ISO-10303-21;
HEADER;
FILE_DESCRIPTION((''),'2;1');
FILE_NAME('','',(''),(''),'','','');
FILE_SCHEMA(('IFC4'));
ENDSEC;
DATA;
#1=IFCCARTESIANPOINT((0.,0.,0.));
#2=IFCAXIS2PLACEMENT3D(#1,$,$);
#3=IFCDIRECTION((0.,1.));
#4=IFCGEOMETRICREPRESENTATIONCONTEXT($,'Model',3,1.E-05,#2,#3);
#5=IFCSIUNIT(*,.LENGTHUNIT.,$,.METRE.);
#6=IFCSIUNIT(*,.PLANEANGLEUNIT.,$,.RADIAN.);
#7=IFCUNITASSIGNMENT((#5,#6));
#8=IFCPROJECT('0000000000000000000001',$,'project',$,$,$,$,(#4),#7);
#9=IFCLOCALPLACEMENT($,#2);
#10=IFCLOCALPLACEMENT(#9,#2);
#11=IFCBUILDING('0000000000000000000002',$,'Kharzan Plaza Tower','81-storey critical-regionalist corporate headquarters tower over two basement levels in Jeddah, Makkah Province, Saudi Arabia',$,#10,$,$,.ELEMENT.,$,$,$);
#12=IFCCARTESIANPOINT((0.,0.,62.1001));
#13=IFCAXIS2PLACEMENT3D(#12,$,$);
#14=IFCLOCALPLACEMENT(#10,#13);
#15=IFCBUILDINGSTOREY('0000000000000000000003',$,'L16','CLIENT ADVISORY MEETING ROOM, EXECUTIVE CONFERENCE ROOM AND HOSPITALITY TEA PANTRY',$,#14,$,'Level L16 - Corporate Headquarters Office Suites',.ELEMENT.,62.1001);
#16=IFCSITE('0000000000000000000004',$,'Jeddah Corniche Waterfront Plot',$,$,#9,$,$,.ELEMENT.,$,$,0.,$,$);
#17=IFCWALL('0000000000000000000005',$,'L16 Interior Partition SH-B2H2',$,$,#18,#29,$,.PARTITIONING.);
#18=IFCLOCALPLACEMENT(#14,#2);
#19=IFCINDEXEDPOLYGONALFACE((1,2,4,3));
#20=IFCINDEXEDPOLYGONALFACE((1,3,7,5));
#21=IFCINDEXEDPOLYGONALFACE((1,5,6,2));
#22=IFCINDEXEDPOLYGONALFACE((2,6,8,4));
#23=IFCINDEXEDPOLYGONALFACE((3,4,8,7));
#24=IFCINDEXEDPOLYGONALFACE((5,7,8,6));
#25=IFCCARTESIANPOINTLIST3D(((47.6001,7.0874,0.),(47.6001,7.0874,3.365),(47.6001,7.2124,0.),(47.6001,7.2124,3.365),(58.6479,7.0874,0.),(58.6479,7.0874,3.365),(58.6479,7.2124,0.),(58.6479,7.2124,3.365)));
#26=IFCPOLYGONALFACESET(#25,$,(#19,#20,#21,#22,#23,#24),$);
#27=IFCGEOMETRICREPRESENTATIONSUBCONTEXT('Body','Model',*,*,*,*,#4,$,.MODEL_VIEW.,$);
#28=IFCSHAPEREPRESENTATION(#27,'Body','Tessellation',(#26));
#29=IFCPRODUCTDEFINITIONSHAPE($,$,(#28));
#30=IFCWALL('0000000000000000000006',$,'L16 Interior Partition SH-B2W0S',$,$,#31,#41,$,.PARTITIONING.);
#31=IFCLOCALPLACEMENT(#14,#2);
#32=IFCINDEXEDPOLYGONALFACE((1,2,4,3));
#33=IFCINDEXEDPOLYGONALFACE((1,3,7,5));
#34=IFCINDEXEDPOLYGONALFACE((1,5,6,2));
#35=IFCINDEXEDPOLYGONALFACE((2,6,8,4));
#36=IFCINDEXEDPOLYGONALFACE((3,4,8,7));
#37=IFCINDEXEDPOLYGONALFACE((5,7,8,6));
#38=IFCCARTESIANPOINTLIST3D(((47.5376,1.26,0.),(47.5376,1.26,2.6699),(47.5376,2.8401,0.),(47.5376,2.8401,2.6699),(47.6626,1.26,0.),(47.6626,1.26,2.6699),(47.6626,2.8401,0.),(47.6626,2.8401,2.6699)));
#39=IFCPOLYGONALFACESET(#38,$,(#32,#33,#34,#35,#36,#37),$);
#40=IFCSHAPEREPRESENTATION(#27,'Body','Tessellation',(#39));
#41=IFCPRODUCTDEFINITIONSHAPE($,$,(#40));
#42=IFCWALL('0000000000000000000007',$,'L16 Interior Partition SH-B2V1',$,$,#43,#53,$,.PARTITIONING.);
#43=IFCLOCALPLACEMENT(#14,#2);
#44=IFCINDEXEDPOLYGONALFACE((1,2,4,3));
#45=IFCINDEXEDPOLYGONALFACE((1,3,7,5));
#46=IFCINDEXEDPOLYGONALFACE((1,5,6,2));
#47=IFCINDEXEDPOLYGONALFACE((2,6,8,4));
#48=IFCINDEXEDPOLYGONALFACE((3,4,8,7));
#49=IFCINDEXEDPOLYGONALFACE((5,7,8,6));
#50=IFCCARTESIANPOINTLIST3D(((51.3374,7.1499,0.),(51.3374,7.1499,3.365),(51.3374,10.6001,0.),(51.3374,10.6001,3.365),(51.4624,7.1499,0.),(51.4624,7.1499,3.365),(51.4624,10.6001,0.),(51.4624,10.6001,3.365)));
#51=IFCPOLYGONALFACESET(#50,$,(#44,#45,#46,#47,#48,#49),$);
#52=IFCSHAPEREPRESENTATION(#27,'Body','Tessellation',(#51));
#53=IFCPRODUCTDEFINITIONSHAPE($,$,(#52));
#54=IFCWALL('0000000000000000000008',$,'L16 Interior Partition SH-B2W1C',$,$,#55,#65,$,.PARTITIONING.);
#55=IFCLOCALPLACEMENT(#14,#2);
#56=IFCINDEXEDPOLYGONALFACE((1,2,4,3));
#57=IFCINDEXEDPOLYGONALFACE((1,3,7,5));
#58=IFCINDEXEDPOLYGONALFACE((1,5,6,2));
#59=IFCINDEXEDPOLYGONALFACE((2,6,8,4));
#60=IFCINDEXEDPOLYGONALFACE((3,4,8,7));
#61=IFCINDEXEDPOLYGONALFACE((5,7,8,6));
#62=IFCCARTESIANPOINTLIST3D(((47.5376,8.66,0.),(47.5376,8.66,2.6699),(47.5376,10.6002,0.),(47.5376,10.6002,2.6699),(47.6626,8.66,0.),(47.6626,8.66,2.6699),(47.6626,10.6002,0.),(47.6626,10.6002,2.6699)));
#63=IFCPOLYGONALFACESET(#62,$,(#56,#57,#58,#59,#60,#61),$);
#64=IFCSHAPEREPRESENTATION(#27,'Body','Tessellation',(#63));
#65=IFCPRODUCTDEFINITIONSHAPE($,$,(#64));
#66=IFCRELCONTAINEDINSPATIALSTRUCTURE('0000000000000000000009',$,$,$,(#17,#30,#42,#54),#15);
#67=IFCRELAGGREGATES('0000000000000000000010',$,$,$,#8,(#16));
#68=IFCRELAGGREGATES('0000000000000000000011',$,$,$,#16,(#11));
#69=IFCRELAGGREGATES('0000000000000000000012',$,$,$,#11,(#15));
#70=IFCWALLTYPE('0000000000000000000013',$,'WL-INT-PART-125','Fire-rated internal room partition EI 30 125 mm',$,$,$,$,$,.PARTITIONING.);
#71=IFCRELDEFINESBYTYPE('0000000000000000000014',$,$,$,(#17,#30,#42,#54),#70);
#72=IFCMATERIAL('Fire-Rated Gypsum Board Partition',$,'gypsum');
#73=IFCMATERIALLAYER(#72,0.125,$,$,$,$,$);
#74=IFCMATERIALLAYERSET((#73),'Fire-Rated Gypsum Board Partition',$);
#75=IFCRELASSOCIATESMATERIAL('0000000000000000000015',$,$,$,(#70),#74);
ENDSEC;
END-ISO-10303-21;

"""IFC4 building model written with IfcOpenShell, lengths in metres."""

from ifc_helpers import new_model, si_unit, direction, frame, frame_2d, origin, place, context, subcontext, project, spatial, rectangle, extrude, source, transform, mapped, material, layer, layer_set, type_object, element, save


model = new_model("IFC4")

# Units and contexts
model_context = context("Model", 3, precision=1e-05, world=origin(), true_north=direction((0.0, 1.0)))
body_context = subcontext(model_context, "Body", "Model", "MODEL_VIEW")
ifc_project = project(units=[si_unit("LENGTHUNIT", "METRE"), si_unit("PLANEANGLEUNIT", "RADIAN")], contexts=[model_context])

# Site, building, storey
site_placement = place(None, origin())
site = spatial("IfcSite", under=ifc_project, at=site_placement, Name="Jeddah Corniche Waterfront Plot", CompositionType="ELEMENT", RefElevation=0.0)
building_placement = place(site_placement, origin())
building = spatial("IfcBuilding", under=site, at=building_placement, Name="Kharzan Plaza Tower", Description="81-storey critical-regionalist corporate headquarters tower over two basement levels in Jeddah, Makkah Province, Saudi Arabia", CompositionType="ELEMENT")
storey_placement = place(building_placement, frame((0.0, 0.0, 62.1001)))
storey = spatial("IfcBuildingStorey", under=building, at=storey_placement, Name="L16", Description="CLIENT ADVISORY MEETING ROOM, EXECUTIVE CONFERENCE ROOM AND HOSPITALITY TEA PANTRY", LongName="Level L16 - Corporate Headquarters Office Suites", CompositionType="ELEMENT", Elevation=62.1001)

# Shared definitions
ifc_material_1 = material(Name="Fire-Rated Gypsum Board Partition", Category="gypsum")
ifc_layer_1 = layer(ifc_material_1, 0.125)
ifc_layer_set_1 = layer_set([ifc_layer_1], Name="Fire-Rated Gypsum Board Partition")
wall_type_1 = type_object("IfcWallType", Name="WL-INT-PART-125", Description="Fire-rated internal room partition EI 30 125 mm", PredefinedType="PARTITIONING", material=ifc_layer_set_1)

# Walls
shared_shape_1 = source(origin(), body_context, "Body", "SweptSolid", [
    extrude(rectangle(XDim=11.0479, YDim=0.125, at=frame_2d((5.5239, 0.0))), origin(), (0.0, 0.0, 1.0), 3.365),
])
for number, where, z_axis, x_axis, name in (
    (1, (47.6001, 7.1499, 0.0), (0.0, 0.0, 1.0), (1.0, 0.0, 0.0), "L16 Interior Partition SH-B2H2"),
):
    element("IfcWall", number, at=place(storey_placement, frame(where, z_axis=z_axis, x_axis=x_axis)), inside=storey, type_object=wall_type_1, Name=name, PredefinedType="PARTITIONING", context=body_context, shape_type="MappedRepresentation", body=[
        mapped(shared_shape_1, transform((0.0, 0.0, 0.0), x_axis=(1.0, 0.0, 0.0), y_axis=(0.0, 1.0, 0.0), z_axis=(0.0, 0.0, 1.0))),
    ])
shared_shape_2 = source(origin(), body_context, "Body", "SweptSolid", [
    extrude(rectangle(XDim=1.5801, YDim=0.125, at=frame_2d((0.79, 0.0))), origin(), (0.0, 0.0, 1.0), 2.6699),
])
wall_1_placement = place(storey_placement, frame((47.6001, 1.26, 0.0), z_axis=(0.0, 0.0, 1.0), x_axis=(0.0, 1.0, 0.0)))
element("IfcWall", 2, at=wall_1_placement, inside=storey, type_object=wall_type_1, Name="L16 Interior Partition SH-B2W0S", PredefinedType="PARTITIONING", context=body_context, shape_type="MappedRepresentation", body=[
    mapped(shared_shape_2, transform((0.0, 0.0, 0.0), x_axis=(1.0, 0.0, 0.0), y_axis=(0.0, 1.0, 0.0), z_axis=(0.0, 0.0, 1.0))),
])
shared_shape_3 = source(origin(), body_context, "Body", "SweptSolid", [
    extrude(rectangle(XDim=3.4502, YDim=0.125, at=frame_2d((1.7251, 0.0))), origin(), (0.0, 0.0, 1.0), 3.365),
])
wall_2_placement = place(storey_placement, frame((51.3999, 7.1499, 0.0), z_axis=(0.0, 0.0, 1.0), x_axis=(0.0, 1.0, 0.0)))
element("IfcWall", 3, at=wall_2_placement, inside=storey, type_object=wall_type_1, Name="L16 Interior Partition SH-B2V1", PredefinedType="PARTITIONING", context=body_context, shape_type="MappedRepresentation", body=[
    mapped(shared_shape_3, transform((0.0, 0.0, 0.0), x_axis=(1.0, 0.0, 0.0), y_axis=(0.0, 1.0, 0.0), z_axis=(0.0, 0.0, 1.0))),
])
shared_shape_4 = source(origin(), body_context, "Body", "SweptSolid", [
    extrude(rectangle(XDim=1.9402, YDim=0.125, at=frame_2d((0.9702, 0.0))), origin(), (0.0, 0.0, 1.0), 2.6699),
])
wall_3_placement = place(storey_placement, frame((47.6001, 8.6599, 0.0), z_axis=(0.0, 0.0, 1.0), x_axis=(0.0, 1.0, 0.0)))
element("IfcWall", 4, at=wall_3_placement, inside=storey, type_object=wall_type_1, Name="L16 Interior Partition SH-B2W1C", PredefinedType="PARTITIONING", context=body_context, shape_type="MappedRepresentation", body=[
    mapped(shared_shape_4, transform((0.0, 0.0, 0.0), x_axis=(1.0, 0.0, 0.0), y_axis=(0.0, 1.0, 0.0), z_axis=(0.0, 0.0, 1.0))),
])

save(model, "model.ifc")
